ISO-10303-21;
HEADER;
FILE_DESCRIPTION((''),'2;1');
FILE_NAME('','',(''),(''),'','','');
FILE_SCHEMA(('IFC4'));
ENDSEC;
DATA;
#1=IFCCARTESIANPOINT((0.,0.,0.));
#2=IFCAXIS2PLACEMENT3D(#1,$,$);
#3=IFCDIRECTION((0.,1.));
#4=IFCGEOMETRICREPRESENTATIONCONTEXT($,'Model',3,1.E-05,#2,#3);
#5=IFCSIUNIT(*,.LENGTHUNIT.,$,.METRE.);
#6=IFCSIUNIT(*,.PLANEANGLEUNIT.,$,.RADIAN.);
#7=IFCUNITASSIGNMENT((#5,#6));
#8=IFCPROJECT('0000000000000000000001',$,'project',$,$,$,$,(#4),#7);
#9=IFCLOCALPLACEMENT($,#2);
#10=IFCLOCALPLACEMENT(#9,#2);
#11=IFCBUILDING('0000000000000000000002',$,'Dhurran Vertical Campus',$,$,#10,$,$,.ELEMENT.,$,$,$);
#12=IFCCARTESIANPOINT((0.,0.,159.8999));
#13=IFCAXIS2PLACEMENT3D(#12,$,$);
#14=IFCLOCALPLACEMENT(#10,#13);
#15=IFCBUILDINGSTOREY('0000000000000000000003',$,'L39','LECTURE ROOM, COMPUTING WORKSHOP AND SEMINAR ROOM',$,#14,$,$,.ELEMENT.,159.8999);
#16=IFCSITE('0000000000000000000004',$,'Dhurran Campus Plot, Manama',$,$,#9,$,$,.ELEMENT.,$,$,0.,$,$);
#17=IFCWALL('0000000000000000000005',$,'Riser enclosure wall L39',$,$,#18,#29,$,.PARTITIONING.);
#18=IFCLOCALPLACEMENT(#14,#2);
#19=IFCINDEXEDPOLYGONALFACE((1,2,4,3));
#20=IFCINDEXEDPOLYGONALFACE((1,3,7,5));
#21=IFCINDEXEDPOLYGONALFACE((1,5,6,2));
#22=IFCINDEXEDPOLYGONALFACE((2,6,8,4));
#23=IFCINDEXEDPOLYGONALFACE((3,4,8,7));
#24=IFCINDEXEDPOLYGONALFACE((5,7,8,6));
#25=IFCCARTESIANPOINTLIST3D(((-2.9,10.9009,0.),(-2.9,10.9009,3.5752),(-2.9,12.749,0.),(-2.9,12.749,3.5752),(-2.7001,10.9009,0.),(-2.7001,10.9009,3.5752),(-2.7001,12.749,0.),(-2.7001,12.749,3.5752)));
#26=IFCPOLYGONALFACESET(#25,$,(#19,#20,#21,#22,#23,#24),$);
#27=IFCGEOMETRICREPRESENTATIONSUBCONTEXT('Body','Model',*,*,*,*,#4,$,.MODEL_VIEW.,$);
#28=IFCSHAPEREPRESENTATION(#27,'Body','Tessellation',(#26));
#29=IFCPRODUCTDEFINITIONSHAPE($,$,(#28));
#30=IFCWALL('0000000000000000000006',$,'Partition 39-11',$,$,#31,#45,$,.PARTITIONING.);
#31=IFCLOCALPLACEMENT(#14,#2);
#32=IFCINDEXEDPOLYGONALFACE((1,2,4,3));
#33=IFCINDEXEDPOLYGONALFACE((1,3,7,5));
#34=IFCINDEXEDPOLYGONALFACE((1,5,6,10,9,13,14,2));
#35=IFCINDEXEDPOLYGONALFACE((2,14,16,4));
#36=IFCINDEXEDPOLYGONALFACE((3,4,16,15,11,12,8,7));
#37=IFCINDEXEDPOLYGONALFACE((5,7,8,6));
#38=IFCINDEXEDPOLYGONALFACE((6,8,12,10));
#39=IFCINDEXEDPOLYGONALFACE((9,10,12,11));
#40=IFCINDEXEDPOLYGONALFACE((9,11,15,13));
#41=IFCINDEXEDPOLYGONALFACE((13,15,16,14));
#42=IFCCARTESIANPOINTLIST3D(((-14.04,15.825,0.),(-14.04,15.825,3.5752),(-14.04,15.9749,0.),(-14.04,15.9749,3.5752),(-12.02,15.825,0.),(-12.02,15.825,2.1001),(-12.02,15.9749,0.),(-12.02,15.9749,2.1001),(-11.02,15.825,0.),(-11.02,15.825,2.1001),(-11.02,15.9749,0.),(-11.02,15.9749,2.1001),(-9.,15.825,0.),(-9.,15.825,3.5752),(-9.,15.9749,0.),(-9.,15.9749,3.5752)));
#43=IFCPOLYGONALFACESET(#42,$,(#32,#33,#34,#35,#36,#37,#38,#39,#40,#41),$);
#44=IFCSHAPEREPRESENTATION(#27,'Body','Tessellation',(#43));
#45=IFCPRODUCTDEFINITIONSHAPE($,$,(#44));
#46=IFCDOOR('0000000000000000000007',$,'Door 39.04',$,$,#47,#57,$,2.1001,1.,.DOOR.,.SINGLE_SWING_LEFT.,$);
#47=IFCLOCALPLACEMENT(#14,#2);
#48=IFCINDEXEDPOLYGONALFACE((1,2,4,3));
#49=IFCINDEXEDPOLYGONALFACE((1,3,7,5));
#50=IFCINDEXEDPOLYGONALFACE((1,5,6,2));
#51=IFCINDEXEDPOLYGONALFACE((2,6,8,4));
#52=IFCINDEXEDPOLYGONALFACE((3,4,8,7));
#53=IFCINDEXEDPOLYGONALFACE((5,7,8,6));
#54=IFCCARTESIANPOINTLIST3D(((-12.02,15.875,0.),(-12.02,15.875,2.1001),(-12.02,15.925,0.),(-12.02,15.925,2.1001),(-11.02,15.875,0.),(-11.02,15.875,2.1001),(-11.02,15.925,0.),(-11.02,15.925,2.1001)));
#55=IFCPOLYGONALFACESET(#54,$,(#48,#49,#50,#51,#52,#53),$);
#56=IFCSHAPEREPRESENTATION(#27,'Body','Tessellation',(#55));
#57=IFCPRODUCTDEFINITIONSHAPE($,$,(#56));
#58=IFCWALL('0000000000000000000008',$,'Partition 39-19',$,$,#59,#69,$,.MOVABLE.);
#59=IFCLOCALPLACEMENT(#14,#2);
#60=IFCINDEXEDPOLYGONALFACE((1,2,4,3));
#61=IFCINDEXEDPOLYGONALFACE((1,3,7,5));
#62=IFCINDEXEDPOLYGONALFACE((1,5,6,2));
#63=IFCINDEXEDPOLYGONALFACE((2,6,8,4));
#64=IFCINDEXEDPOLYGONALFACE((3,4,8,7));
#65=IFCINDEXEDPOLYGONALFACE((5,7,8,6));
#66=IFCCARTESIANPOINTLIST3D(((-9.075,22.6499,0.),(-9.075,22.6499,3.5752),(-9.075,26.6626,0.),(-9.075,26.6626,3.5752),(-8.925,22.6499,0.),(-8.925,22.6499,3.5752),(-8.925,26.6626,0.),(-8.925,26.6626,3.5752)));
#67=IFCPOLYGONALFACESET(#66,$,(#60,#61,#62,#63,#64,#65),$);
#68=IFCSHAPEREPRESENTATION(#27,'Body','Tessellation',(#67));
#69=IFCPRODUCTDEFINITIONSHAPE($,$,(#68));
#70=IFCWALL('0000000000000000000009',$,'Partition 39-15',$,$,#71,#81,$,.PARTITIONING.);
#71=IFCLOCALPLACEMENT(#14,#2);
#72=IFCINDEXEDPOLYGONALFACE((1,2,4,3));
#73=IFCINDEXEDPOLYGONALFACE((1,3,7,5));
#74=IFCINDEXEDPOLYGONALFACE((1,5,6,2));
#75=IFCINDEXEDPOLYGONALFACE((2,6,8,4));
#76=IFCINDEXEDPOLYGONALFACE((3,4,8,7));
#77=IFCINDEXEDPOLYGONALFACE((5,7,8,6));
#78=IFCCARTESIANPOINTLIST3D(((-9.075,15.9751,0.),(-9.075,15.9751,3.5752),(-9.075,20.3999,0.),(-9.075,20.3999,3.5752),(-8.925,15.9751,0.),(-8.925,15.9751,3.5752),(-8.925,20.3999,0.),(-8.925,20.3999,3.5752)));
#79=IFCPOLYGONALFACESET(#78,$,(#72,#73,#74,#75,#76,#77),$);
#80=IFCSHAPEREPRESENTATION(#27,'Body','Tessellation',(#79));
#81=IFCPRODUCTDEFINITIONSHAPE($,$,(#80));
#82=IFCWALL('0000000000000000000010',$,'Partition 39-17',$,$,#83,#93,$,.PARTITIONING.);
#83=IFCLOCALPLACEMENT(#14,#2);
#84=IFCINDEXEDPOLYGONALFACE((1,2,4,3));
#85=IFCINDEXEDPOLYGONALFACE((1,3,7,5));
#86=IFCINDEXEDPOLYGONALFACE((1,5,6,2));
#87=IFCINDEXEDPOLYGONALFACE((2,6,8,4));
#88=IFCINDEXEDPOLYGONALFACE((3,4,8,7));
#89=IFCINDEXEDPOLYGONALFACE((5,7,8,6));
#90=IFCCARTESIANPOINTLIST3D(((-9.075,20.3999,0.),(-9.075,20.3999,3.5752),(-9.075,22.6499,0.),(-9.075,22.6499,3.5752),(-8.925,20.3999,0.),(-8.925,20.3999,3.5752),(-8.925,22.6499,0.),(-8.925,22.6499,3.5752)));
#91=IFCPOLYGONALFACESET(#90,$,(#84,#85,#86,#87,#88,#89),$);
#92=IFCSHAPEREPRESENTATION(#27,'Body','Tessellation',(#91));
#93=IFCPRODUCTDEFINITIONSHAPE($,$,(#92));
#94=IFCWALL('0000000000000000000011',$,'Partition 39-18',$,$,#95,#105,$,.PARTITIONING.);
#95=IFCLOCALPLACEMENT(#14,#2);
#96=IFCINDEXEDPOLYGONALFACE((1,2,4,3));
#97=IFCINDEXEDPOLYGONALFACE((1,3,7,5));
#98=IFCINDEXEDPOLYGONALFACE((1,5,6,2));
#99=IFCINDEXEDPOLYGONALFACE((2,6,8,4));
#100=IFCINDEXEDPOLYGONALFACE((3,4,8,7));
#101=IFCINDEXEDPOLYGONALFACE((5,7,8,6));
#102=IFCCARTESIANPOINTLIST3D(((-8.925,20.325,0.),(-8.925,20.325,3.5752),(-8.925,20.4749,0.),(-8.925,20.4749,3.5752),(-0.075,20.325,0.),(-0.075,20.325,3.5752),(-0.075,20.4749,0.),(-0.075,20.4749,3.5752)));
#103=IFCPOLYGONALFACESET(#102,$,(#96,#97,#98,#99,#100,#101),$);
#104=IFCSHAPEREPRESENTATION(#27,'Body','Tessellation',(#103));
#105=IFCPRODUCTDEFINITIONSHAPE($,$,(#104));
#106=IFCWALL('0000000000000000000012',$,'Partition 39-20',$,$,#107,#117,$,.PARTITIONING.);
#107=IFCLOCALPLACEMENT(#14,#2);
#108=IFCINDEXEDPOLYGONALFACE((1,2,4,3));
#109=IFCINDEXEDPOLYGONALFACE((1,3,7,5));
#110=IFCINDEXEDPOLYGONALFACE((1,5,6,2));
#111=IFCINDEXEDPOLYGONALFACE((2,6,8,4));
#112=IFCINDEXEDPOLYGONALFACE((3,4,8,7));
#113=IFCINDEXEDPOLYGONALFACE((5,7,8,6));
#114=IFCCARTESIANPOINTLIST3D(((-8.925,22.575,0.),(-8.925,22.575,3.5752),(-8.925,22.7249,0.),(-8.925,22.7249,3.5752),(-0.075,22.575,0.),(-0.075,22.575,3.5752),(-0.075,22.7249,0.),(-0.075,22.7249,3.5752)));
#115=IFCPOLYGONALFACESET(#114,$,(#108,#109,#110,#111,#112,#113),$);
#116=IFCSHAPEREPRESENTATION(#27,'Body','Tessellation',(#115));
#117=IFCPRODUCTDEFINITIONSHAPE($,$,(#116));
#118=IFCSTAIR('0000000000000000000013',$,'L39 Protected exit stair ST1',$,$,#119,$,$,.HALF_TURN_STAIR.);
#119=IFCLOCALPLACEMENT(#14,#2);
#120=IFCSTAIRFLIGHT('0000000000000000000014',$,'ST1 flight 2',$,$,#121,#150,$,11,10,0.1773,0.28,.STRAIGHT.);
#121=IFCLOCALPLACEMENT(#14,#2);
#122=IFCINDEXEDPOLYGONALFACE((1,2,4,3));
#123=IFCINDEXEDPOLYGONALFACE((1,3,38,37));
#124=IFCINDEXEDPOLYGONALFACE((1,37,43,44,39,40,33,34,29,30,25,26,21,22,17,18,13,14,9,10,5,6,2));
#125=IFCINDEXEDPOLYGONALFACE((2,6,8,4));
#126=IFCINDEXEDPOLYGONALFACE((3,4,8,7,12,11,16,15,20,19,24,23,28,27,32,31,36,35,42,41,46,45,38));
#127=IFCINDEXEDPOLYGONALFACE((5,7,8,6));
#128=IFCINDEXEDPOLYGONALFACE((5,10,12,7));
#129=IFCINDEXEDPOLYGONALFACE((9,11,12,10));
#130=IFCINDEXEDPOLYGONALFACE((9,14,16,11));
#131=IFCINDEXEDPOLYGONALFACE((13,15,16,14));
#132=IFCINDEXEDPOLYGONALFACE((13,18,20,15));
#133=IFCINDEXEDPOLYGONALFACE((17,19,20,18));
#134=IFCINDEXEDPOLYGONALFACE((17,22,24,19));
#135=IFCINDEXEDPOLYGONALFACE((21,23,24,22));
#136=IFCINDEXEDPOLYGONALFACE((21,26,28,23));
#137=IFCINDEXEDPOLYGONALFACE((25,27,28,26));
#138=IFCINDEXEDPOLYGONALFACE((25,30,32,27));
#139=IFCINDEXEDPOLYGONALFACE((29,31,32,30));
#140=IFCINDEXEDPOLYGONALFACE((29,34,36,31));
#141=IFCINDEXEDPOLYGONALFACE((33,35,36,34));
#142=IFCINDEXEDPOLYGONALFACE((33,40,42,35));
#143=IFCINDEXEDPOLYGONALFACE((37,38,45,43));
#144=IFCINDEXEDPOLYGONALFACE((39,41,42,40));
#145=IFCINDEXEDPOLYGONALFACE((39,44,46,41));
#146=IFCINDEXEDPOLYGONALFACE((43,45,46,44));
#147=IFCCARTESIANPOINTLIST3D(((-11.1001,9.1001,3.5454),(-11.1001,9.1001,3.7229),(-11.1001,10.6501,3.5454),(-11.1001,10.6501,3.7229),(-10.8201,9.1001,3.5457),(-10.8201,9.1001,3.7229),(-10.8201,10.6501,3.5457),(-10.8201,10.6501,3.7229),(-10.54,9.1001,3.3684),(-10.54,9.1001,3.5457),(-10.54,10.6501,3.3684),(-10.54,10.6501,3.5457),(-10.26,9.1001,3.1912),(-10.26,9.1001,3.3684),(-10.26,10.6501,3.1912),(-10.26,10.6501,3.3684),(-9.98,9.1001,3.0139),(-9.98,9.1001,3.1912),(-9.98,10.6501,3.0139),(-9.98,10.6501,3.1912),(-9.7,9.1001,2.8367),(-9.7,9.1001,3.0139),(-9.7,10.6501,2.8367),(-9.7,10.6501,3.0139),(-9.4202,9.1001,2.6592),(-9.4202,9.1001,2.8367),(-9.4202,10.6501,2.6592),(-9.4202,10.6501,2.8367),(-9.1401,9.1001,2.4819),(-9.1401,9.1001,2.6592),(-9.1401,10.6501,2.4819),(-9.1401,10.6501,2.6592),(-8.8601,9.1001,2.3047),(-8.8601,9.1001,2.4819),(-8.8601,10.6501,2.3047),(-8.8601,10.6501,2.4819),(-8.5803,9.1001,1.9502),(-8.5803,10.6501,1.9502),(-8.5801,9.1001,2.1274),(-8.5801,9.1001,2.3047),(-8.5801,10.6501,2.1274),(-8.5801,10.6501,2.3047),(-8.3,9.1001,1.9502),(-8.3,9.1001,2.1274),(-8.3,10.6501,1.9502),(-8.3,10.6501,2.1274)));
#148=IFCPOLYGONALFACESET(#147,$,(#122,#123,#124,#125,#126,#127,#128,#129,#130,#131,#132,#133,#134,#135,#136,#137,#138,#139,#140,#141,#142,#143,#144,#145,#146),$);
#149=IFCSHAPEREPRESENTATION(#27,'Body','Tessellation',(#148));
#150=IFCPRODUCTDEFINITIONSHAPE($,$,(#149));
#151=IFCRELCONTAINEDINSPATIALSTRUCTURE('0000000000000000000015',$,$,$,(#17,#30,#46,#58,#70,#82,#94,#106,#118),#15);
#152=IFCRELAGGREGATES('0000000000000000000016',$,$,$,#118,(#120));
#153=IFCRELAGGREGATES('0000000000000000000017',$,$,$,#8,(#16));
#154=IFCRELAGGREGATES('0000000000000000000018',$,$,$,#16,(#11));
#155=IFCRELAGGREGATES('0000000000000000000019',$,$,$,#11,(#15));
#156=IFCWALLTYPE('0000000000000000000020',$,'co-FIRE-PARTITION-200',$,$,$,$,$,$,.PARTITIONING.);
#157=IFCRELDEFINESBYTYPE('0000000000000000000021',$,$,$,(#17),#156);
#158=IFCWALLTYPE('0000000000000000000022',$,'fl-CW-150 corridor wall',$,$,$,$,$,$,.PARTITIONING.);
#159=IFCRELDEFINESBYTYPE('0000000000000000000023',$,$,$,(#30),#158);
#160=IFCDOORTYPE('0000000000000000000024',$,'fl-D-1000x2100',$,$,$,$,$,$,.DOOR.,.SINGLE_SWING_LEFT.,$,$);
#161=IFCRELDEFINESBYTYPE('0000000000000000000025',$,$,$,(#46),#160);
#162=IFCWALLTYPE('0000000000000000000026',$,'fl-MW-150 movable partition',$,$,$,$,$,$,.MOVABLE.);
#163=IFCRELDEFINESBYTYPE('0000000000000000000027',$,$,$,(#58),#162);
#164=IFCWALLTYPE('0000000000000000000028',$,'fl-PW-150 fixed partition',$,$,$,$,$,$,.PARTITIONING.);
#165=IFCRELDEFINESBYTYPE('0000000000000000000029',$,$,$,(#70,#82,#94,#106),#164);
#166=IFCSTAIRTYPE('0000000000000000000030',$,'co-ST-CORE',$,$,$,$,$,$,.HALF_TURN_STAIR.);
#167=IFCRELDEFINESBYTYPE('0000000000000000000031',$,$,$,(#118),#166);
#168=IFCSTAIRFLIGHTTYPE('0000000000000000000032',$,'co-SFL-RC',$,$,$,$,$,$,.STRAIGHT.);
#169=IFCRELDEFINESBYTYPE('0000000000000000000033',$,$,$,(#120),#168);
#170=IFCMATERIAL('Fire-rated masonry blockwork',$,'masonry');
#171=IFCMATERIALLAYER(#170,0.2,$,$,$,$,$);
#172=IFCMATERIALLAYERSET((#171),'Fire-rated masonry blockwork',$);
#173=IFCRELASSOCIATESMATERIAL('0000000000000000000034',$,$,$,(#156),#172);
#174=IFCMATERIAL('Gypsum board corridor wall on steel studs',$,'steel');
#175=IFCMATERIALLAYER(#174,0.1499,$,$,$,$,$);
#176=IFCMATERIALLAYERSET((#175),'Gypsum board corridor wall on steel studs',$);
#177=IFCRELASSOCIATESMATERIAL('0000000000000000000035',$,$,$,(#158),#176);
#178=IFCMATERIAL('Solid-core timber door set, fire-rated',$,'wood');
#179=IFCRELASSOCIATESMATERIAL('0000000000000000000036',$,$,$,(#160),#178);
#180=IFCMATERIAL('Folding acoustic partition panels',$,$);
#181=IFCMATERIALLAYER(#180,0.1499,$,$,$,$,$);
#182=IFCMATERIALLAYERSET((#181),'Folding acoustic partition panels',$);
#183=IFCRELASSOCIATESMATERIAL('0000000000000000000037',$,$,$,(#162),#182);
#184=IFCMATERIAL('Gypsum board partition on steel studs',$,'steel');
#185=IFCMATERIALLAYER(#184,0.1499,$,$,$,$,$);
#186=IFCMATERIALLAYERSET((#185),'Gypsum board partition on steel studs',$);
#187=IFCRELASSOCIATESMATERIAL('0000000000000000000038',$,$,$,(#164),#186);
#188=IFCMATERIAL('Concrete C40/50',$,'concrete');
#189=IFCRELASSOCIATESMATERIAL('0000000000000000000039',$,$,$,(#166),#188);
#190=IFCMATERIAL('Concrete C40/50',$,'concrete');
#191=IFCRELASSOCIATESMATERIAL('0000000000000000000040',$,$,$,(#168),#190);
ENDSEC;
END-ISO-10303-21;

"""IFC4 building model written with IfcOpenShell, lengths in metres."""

from ifc_helpers import new_model, si_unit, direction, frame, frame_2d, origin, place, context, subcontext, project, spatial, polyline, rectangle, outline, extrude, material, layer, layer_set, type_object, element, fill, aggregate, save


model = new_model("IFC4")

# Units and contexts
model_context = context("Model", 3, precision=1e-05, world=origin(), true_north=direction((0.0, 1.0)))
body_context = subcontext(model_context, "Body", "Model", "MODEL_VIEW")
ifc_project = project(units=[si_unit("LENGTHUNIT", "METRE"), si_unit("PLANEANGLEUNIT", "RADIAN")], contexts=[model_context])

# Site, building, storey
site_placement = place(None, origin())
site = spatial("IfcSite", under=ifc_project, at=site_placement, Name="Dhurran Campus Plot, Manama", CompositionType="ELEMENT", RefElevation=0.0)
building_placement = place(site_placement, origin())
building = spatial("IfcBuilding", under=site, at=building_placement, Name="Dhurran Vertical Campus", CompositionType="ELEMENT")
storey_placement = place(building_placement, frame((0.0, 0.0, 159.8999)))
storey = spatial("IfcBuildingStorey", under=building, at=storey_placement, Name="L39", Description="LECTURE ROOM, COMPUTING WORKSHOP AND SEMINAR ROOM", CompositionType="ELEMENT", Elevation=159.8999)

# Shared definitions
ifc_material_1 = material(Name="Fire-rated masonry blockwork", Category="masonry")
ifc_layer_1 = layer(ifc_material_1, 0.2)
ifc_layer_set_1 = layer_set([ifc_layer_1], Name="Fire-rated masonry blockwork")
wall_type_1 = type_object("IfcWallType", Name="co-FIRE-PARTITION-200", PredefinedType="PARTITIONING", material=ifc_layer_set_1)

# Wall
wall_1_placement = place(storey_placement, frame((-2.8, 10.9009, 0.0), z_axis=(0.0, 0.0, 1.0), x_axis=(0.0, 1.0, 0.0)))
element("IfcWall", 1, at=wall_1_placement, inside=storey, type_object=wall_type_1, Name="Riser enclosure wall L39", PredefinedType="PARTITIONING", context=body_context, shape_type="SweptSolid", body=[
    extrude(rectangle(XDim=1.8481, YDim=0.2, at=frame_2d((0.9241, 0.0))), origin(), (0.0, 0.0, 1.0), 3.5752),
])

# Wall, opening, door
ifc_material_2 = material(Name="Gypsum board corridor wall on steel studs", Category="steel")
ifc_layer_2 = layer(ifc_material_2, 0.1499)
ifc_layer_set_2 = layer_set([ifc_layer_2], Name="Gypsum board corridor wall on steel studs")
wall_type_2 = type_object("IfcWallType", Name="fl-CW-150 corridor wall", PredefinedType="PARTITIONING", material=ifc_layer_set_2)
wall_2_placement = place(storey_placement, frame((-9.0, 15.8999, 0.0), z_axis=(0.0, 0.0, 1.0), x_axis=(-1.0, 0.0, 0.0)))
wall_2 = element("IfcWall", 2, at=wall_2_placement, inside=storey, type_object=wall_type_2, Name="Partition 39-11", PredefinedType="PARTITIONING", context=body_context, shape_type="SweptSolid", body=[
    extrude(rectangle(XDim=5.04, YDim=0.1499, at=frame_2d((2.52, 0.0))), origin(), (0.0, 0.0, 1.0), 3.5752),
])
opening_1_placement = place(wall_2_placement, frame((2.02, 0.0, 0.0)))
opening_1 = element("IfcOpeningElement", 3, at=opening_1_placement, cuts=wall_2, PredefinedType="OPENING", context=body_context, shape_type="SweptSolid", body=[
    extrude(rectangle(XDim=1.0, YDim=2.1001, at=frame_2d((0.5, 1.05))), frame((0.0, 0.085, 0.0), z_axis=(0.0, -1.0, 0.0), x_axis=(1.0, 0.0, 0.0)), (0.0, 0.0, 1.0), 0.1699),
])
ifc_material_3 = material(Name="Solid-core timber door set, fire-rated", Category="wood")
door_type_1 = type_object("IfcDoorType", Name="fl-D-1000x2100", OperationType="SINGLE_SWING_LEFT", PredefinedType="DOOR", material=ifc_material_3)
door_1_placement = place(opening_1_placement, origin())
door_1 = element("IfcDoor", 4, at=door_1_placement, inside=storey, type_object=door_type_1, Name="Door 39.04", OperationType="SINGLE_SWING_LEFT", OverallHeight=2.1001, OverallWidth=1.0, PredefinedType="DOOR", context=body_context, shape_type="SweptSolid", body=[
    extrude(rectangle(XDim=1.0, YDim=2.1001, at=frame_2d((0.5, 1.05))), frame((0.0, 0.0249, 0.0), z_axis=(0.0, -1.0, 0.0), x_axis=(1.0, 0.0, 0.0)), (0.0, 0.0, 1.0), 0.05),
])
fill(opening_1, door_1)

# Walls
ifc_material_4 = material(Name="Folding acoustic partition panels")
ifc_layer_3 = layer(ifc_material_4, 0.1499)
ifc_layer_set_3 = layer_set([ifc_layer_3], Name="Folding acoustic partition panels")
wall_type_3 = type_object("IfcWallType", Name="fl-MW-150 movable partition", PredefinedType="MOVABLE", material=ifc_layer_set_3)
wall_3_placement = place(storey_placement, frame((-9.0, 26.6626, 0.0), z_axis=(0.0, 0.0, 1.0), x_axis=(0.0, -1.0, 0.0)))
element("IfcWall", 5, at=wall_3_placement, inside=storey, type_object=wall_type_3, Name="Partition 39-19", PredefinedType="MOVABLE", context=body_context, shape_type="SweptSolid", body=[
    extrude(rectangle(XDim=4.0127, YDim=0.1499, at=frame_2d((2.0063, 0.0))), origin(), (0.0, 0.0, 1.0), 3.5752),
])
ifc_material_5 = material(Name="Gypsum board partition on steel studs", Category="steel")
ifc_layer_4 = layer(ifc_material_5, 0.1499)
ifc_layer_set_4 = layer_set([ifc_layer_4], Name="Gypsum board partition on steel studs")
wall_type_4 = type_object("IfcWallType", Name="fl-PW-150 fixed partition", PredefinedType="PARTITIONING", material=ifc_layer_set_4)
wall_4_placement = place(storey_placement, frame((-9.0, 20.3999, 0.0), z_axis=(0.0, 0.0, 1.0), x_axis=(0.0, -1.0, 0.0)))
element("IfcWall", 6, at=wall_4_placement, inside=storey, type_object=wall_type_4, Name="Partition 39-15", PredefinedType="PARTITIONING", context=body_context, shape_type="SweptSolid", body=[
    extrude(rectangle(XDim=4.4248, YDim=0.1499, at=frame_2d((2.2124, 0.0))), origin(), (0.0, 0.0, 1.0), 3.5752),
])
wall_5_placement = place(storey_placement, frame((-9.0, 22.6499, 0.0), z_axis=(0.0, 0.0, 1.0), x_axis=(0.0, -1.0, 0.0)))
element("IfcWall", 7, at=wall_5_placement, inside=storey, type_object=wall_type_4, Name="Partition 39-17", PredefinedType="PARTITIONING", context=body_context, shape_type="SweptSolid", body=[
    extrude(rectangle(XDim=2.25, YDim=0.1499, at=frame_2d((1.125, 0.0))), origin(), (0.0, 0.0, 1.0), 3.5752),
])
for number, where, z_axis, x_axis, name in (
    (8, (-8.925, 20.3999, 0.0), (0.0, 0.0, 1.0), (1.0, 0.0, 0.0), "Partition 39-18"),
    (9, (-8.925, 22.6499, 0.0), (0.0, 0.0, 1.0), (1.0, 0.0, 0.0), "Partition 39-20"),
):
    element("IfcWall", number, at=place(storey_placement, frame(where, z_axis=z_axis, x_axis=x_axis)), inside=storey, type_object=wall_type_4, Name=name, PredefinedType="PARTITIONING", context=body_context, shape_type="SweptSolid", body=[
        extrude(rectangle(XDim=8.8501, YDim=0.1499, at=frame_2d((4.425, 0.0))), origin(), (0.0, 0.0, 1.0), 3.5752),
    ])

# Stair, stair flight
ifc_material_6 = material(Name="Concrete C40/50", Category="concrete")
stair_type = type_object("IfcStairType", Name="co-ST-CORE", PredefinedType="HALF_TURN_STAIR", material=ifc_material_6)
stair_placement = place(storey_placement, origin())
stair = element("IfcStair", 10, at=stair_placement, inside=storey, type_object=stair_type, Name="L39 Protected exit stair ST1", PredefinedType="HALF_TURN_STAIR")
ifc_material_7 = material(Name="Concrete C40/50", Category="concrete")
stair_flight_type = type_object("IfcStairFlightType", Name="co-SFL-RC", PredefinedType="STRAIGHT", material=ifc_material_7)
stair_flight_placement = place(storey_placement, frame((-8.3, 9.875, 1.9502), z_axis=(0.0, 0.0, 1.0), x_axis=(-1.0, 0.0, 0.0)))
stair_flight = element("IfcStairFlight", 11, at=stair_flight_placement, type_object=stair_flight_type, Name="ST1 flight 2", NumberOfRisers=11, NumberOfTreads=10, PredefinedType="STRAIGHT", RiserHeight=0.1773, TreadLength=0.28, context=body_context, shape_type="SweptSolid", body=[
    extrude(outline(polyline([(0.0, 0.0), (0.0, 0.1772), (0.28, 0.1772), (0.28, 0.3545), (0.5601, 0.3545), (0.5601, 0.5317), (0.8401, 0.5317), (0.8401, 0.709), (1.1201, 0.709), (1.1201, 0.8865), (1.3999, 0.8865), (1.3999, 1.0637), (1.6799, 1.0637), (1.6799, 1.241), (1.96, 1.241), (1.96, 1.4182), (2.24, 1.4182), (2.24, 1.5955), (2.52, 1.5955), (2.52, 1.7727), (2.8, 1.7727), (2.8, 1.95), (2.8, 1.5952), (0.2803, 0.0), (0.0, 0.0)])), frame((0.0, 0.7749, 0.0), z_axis=(0.0, -1.0, 0.0), x_axis=(1.0, 0.0, 0.0)), (0.0, 0.0, 1.0), 1.55),
])
aggregate(stair, [stair_flight])

save(model, "model.ifc")
